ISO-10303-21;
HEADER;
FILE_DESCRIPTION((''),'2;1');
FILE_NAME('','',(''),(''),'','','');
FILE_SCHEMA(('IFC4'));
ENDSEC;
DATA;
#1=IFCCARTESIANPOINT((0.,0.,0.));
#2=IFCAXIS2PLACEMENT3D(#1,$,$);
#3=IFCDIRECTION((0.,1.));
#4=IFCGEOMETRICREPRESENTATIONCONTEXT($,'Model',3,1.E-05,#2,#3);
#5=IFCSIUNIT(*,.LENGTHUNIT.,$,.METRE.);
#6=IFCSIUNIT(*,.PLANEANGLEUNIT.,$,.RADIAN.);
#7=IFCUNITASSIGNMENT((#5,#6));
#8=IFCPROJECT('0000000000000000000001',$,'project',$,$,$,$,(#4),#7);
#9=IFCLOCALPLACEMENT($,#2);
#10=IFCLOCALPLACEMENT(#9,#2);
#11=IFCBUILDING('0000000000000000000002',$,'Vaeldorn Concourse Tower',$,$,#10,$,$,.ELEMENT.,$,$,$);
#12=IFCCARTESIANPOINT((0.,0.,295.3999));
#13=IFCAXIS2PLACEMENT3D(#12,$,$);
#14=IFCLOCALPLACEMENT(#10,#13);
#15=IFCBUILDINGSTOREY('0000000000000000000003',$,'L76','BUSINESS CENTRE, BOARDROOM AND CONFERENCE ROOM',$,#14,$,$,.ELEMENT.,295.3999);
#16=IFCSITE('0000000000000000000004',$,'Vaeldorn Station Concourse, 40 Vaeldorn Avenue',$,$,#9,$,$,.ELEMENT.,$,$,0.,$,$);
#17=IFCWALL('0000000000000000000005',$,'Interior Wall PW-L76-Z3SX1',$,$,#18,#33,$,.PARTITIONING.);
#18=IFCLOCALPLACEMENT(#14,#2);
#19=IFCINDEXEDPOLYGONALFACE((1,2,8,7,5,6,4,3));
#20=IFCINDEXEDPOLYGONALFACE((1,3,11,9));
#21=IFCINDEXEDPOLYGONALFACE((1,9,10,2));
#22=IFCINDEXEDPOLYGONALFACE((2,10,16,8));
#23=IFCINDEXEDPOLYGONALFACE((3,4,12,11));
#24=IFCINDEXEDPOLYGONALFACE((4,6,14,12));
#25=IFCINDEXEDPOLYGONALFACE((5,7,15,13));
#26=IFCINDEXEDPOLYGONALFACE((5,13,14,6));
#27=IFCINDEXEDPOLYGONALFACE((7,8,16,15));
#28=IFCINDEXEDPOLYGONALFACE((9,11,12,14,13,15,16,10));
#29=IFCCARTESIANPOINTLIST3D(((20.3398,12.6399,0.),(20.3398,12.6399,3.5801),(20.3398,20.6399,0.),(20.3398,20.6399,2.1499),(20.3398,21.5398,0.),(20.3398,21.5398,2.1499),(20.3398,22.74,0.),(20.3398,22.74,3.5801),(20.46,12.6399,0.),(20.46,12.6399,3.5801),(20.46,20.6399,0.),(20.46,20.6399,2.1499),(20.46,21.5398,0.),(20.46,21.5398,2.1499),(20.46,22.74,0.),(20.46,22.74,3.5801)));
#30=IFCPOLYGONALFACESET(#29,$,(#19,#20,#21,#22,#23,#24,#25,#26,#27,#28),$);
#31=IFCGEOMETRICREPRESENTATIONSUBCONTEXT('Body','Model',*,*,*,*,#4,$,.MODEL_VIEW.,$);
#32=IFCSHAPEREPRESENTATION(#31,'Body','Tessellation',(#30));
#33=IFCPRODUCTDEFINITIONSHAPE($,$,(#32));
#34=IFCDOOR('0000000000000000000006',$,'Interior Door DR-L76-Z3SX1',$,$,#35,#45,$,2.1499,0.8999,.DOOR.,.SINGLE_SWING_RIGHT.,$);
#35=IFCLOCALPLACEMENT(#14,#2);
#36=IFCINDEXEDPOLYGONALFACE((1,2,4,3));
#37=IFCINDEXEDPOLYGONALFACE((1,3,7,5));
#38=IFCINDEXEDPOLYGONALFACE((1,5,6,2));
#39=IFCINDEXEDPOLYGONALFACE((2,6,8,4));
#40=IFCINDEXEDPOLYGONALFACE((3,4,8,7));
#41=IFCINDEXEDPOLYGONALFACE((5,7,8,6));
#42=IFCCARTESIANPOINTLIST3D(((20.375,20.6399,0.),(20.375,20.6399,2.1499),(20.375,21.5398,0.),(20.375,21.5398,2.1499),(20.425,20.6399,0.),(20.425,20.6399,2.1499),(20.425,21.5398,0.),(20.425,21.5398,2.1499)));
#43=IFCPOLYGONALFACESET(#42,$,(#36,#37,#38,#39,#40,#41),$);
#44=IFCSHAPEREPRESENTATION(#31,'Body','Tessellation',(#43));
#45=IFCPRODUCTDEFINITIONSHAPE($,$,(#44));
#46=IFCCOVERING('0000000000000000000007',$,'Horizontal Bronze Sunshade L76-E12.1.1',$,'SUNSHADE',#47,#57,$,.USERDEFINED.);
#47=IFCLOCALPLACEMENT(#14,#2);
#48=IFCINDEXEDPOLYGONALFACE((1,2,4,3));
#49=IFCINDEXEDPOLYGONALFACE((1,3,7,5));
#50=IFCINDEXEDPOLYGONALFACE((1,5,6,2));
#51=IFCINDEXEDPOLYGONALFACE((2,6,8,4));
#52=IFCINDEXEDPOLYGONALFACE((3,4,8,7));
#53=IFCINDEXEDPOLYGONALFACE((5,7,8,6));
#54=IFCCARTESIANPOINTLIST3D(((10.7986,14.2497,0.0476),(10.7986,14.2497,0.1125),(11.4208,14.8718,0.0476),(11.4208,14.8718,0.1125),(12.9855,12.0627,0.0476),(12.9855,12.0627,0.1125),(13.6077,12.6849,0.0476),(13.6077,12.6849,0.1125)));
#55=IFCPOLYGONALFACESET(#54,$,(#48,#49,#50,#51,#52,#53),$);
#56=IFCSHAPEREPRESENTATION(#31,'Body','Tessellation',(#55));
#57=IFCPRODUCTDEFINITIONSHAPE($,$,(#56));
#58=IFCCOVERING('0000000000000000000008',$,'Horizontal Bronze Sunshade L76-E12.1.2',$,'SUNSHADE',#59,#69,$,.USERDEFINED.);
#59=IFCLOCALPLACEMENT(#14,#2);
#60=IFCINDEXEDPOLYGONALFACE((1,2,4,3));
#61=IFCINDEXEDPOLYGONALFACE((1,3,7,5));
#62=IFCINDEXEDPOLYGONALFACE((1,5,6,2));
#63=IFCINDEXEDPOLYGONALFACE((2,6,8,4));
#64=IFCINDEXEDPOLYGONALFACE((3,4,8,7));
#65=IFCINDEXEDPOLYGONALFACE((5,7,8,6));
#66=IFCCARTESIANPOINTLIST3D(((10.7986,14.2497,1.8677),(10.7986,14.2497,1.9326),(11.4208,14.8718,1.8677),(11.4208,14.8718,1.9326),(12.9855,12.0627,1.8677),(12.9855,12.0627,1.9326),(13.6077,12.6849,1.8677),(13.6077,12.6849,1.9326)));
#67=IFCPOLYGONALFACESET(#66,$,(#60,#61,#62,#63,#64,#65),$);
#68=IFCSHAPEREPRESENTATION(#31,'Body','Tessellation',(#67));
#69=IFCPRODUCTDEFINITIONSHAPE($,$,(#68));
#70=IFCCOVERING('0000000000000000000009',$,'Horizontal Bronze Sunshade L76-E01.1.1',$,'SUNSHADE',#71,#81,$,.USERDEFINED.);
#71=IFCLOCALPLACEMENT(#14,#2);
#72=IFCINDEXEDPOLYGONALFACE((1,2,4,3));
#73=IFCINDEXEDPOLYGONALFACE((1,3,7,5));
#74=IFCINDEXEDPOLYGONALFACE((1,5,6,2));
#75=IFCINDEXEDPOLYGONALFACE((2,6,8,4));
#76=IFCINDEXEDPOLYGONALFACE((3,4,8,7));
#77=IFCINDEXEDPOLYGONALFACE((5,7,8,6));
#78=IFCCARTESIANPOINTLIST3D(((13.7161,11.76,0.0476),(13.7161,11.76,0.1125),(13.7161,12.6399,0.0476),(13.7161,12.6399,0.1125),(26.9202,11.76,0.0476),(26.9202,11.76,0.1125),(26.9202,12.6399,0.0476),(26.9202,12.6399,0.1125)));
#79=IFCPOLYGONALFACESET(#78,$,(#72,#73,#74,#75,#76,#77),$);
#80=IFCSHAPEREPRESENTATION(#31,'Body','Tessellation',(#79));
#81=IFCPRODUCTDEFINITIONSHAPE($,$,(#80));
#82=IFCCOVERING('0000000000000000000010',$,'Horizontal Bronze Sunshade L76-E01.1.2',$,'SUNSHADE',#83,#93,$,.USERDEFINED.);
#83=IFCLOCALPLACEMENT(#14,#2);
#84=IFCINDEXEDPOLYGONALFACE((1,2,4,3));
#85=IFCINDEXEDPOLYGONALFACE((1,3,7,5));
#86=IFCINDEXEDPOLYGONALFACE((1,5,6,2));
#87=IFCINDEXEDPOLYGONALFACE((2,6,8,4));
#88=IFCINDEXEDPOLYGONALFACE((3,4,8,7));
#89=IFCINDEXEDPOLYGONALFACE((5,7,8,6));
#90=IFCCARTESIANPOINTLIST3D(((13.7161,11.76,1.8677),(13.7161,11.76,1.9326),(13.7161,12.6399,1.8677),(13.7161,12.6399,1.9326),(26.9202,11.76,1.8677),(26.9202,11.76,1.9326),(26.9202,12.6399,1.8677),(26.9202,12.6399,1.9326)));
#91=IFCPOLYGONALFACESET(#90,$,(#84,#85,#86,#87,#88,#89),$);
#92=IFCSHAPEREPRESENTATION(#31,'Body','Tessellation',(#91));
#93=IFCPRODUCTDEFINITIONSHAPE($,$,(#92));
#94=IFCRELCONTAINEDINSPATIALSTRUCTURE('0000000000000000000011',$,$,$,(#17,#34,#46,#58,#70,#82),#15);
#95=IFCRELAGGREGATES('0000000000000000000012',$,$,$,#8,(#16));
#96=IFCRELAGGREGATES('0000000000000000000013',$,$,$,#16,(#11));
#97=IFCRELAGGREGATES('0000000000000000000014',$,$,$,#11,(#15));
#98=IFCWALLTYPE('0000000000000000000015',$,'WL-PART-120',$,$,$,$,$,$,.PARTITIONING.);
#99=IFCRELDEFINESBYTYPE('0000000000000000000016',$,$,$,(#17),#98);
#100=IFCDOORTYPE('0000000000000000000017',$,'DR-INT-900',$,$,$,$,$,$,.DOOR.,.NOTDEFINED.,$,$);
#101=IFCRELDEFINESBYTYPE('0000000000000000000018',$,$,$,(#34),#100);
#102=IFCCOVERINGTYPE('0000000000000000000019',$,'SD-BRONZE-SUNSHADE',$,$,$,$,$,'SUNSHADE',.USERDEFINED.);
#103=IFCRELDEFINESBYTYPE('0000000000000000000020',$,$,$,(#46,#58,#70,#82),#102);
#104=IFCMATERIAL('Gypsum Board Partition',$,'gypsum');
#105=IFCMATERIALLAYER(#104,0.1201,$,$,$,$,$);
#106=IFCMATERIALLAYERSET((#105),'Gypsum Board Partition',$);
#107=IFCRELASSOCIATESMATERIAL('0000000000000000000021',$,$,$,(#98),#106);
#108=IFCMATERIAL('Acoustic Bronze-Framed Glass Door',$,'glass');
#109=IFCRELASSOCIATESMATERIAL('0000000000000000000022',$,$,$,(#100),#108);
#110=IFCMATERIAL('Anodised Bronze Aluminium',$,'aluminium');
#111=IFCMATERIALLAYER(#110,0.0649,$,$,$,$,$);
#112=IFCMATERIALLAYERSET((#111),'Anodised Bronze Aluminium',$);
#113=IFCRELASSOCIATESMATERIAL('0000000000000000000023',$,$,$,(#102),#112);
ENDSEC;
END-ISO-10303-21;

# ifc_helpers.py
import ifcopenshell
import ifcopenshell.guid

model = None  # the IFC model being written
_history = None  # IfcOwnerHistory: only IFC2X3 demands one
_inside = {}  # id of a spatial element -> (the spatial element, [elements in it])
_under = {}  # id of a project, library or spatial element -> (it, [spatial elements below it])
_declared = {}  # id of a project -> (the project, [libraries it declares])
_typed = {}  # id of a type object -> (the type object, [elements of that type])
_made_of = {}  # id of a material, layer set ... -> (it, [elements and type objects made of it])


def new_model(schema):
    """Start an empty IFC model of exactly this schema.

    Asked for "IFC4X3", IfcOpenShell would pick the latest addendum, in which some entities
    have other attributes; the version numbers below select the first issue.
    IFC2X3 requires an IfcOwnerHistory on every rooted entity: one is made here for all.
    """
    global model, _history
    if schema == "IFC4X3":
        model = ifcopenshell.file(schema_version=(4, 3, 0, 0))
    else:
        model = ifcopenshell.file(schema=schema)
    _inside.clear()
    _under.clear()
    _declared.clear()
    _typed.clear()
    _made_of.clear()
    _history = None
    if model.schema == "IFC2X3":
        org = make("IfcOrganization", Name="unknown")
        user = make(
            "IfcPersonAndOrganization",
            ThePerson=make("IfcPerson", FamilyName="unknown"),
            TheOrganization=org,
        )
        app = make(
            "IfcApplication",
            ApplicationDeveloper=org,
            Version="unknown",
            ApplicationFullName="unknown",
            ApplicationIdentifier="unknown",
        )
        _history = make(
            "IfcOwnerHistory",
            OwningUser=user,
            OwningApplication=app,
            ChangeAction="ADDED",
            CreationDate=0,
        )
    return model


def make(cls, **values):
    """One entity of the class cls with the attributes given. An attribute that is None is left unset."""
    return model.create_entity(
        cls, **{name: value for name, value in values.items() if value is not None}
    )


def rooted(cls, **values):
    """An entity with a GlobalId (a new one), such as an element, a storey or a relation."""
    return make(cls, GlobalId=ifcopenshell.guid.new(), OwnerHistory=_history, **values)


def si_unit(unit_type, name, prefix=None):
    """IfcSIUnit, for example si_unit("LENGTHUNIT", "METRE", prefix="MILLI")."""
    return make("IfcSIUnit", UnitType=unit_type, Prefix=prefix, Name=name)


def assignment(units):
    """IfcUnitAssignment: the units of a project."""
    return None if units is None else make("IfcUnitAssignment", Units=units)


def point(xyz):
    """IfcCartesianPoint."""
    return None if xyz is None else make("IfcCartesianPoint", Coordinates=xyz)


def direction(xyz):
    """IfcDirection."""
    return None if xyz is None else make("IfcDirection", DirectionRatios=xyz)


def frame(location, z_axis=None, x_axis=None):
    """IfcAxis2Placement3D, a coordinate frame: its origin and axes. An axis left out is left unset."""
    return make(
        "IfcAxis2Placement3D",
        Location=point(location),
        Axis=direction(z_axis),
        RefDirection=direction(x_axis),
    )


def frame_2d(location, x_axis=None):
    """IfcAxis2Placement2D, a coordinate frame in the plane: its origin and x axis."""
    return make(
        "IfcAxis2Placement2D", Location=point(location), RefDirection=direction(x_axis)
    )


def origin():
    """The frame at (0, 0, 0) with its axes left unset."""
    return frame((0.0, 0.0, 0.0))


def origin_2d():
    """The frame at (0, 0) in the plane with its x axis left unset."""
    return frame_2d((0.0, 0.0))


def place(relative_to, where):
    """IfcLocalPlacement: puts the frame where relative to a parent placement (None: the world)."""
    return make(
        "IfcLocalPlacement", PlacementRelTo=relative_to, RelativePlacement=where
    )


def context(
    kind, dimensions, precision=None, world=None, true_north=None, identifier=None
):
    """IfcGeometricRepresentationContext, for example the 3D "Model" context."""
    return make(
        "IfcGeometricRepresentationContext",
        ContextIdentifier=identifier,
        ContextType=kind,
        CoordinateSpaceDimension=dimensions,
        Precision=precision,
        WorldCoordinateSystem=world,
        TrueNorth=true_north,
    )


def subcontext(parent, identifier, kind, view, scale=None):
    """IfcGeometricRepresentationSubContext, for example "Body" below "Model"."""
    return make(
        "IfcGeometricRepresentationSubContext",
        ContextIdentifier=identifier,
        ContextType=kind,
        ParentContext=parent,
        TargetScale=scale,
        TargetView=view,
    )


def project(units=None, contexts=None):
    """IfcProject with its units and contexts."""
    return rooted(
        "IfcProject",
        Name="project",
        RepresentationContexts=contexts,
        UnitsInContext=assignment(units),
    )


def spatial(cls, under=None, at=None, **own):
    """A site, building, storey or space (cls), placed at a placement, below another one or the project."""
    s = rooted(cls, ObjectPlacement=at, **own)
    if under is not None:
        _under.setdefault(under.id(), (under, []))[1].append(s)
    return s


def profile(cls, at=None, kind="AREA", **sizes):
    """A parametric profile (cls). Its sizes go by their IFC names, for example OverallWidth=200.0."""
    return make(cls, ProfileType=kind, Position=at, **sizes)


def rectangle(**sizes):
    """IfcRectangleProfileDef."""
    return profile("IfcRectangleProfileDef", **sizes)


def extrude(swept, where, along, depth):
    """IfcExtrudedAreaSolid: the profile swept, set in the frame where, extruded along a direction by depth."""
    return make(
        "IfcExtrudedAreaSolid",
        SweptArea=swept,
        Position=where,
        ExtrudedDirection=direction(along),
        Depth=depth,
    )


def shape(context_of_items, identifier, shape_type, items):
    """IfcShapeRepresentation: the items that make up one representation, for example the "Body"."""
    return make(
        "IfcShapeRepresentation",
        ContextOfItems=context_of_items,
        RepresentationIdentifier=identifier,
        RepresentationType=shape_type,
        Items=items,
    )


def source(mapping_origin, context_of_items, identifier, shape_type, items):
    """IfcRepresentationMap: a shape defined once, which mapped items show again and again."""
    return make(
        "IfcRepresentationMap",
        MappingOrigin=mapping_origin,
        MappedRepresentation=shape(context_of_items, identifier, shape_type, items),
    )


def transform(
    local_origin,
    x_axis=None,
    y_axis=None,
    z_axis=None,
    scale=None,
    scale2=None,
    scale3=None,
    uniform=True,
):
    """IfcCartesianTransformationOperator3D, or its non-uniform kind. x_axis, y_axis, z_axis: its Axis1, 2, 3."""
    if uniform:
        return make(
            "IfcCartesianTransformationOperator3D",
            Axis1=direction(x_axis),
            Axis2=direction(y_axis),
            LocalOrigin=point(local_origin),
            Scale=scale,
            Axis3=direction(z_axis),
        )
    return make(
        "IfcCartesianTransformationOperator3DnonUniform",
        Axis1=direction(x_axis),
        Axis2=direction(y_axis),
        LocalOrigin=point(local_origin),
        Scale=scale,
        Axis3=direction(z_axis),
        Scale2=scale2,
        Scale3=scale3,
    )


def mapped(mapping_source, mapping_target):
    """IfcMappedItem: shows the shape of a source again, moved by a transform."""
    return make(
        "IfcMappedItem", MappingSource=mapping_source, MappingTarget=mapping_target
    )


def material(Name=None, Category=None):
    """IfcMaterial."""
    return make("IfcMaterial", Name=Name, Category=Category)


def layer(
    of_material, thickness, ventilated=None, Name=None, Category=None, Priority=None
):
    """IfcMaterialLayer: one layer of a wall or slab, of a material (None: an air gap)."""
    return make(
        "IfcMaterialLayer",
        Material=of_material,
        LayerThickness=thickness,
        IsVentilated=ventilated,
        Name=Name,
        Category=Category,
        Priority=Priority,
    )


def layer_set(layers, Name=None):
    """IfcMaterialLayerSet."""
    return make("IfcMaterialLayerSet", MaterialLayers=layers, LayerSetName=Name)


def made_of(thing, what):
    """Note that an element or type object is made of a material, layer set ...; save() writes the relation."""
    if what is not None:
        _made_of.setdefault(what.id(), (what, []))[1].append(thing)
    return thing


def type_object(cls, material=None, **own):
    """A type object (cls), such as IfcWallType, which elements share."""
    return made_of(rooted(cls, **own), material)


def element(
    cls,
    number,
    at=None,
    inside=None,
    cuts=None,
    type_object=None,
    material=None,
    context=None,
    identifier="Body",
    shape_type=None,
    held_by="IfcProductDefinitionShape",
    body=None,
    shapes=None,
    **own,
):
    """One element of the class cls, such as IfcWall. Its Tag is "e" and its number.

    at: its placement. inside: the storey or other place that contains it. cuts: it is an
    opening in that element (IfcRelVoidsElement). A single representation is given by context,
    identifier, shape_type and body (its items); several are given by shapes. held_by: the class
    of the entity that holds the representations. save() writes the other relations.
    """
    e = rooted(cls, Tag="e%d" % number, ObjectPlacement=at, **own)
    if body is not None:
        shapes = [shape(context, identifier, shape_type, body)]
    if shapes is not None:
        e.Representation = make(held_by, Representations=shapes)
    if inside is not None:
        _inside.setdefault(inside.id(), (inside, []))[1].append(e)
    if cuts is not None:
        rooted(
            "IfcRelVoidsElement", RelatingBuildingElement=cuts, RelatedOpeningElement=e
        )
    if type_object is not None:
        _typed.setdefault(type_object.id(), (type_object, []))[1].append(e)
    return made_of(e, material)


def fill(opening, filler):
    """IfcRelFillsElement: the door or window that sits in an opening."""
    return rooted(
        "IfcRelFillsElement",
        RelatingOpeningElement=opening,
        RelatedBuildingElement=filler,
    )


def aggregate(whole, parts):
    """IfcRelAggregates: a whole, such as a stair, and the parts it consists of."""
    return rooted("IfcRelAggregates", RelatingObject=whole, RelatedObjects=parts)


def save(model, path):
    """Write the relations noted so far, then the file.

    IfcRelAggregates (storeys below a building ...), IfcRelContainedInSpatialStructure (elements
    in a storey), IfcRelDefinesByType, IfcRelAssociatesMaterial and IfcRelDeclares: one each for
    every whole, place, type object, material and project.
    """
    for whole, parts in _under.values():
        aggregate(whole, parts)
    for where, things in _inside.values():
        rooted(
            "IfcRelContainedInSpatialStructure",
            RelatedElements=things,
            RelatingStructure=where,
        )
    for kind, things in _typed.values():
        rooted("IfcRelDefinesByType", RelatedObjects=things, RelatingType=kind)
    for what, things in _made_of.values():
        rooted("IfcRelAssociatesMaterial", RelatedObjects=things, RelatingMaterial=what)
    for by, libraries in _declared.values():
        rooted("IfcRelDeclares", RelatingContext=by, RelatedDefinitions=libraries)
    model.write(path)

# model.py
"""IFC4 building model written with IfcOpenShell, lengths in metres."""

from ifc_helpers import new_model, si_unit, direction, frame, frame_2d, origin, origin_2d, place, context, subcontext, project, spatial, rectangle, extrude, source, transform, mapped, material, layer, layer_set, type_object, element, fill, save


model = new_model("IFC4")

# Units and contexts
model_context = context("Model", 3, precision=1e-05, world=origin(), true_north=direction((0.0, 1.0)))
body_context = subcontext(model_context, "Body", "Model", "MODEL_VIEW")
ifc_project = project(units=[si_unit("LENGTHUNIT", "METRE"), si_unit("PLANEANGLEUNIT", "RADIAN")], contexts=[model_context])

# Site, building, storey
site_placement = place(None, origin())
site = spatial("IfcSite", under=ifc_project, at=site_placement, Name="Vaeldorn Station Concourse, 40 Vaeldorn Avenue", CompositionType="ELEMENT", RefElevation=0.0)
building_placement = place(site_placement, origin())
building = spatial("IfcBuilding", under=site, at=building_placement, Name="Vaeldorn Concourse Tower", CompositionType="ELEMENT")
storey_placement = place(building_placement, frame((0.0, 0.0, 295.3999)))
storey = spatial("IfcBuildingStorey", under=building, at=storey_placement, Name="L76", Description="BUSINESS CENTRE, BOARDROOM AND CONFERENCE ROOM", CompositionType="ELEMENT", Elevation=295.3999)

# Shared definitions
ifc_material_1 = material(Name="Anodised Bronze Aluminium", Category="aluminium")

# Wall, opening, door
ifc_material_2 = material(Name="Gypsum Board Partition", Category="gypsum")
ifc_layer_1 = layer(ifc_material_2, 0.1201)
ifc_layer_set_1 = layer_set([ifc_layer_1], Name="Gypsum Board Partition")
wall_type = type_object("IfcWallType", Name="WL-PART-120", PredefinedType="PARTITIONING", material=ifc_layer_set_1)
wall_placement = place(storey_placement, frame((20.3999, 12.6399, 0.0), z_axis=(0.0, 0.0, 1.0), x_axis=(0.0, 1.0, 0.0)))
wall = element("IfcWall", 1, at=wall_placement, inside=storey, type_object=wall_type, Name="Interior Wall PW-L76-Z3SX1", PredefinedType="PARTITIONING", context=body_context, shape_type="SweptSolid", body=[
    extrude(rectangle(XDim=10.1001, YDim=0.1201, at=frame_2d((5.05, 0.0))), origin(), (0.0, 0.0, 1.0), 3.5801),
])
opening_placement = place(wall_placement, frame((8.0, 0.0, 0.0)))
opening = element("IfcOpeningElement", 2, at=opening_placement, cuts=wall, PredefinedType="OPENING", context=body_context, shape_type="SweptSolid", body=[
    extrude(rectangle(XDim=0.8999, YDim=2.1499, at=frame_2d((0.45, 1.075))), frame((0.0, 0.0701, 0.0), z_axis=(0.0, -1.0, 0.0), x_axis=(1.0, 0.0, 0.0)), (0.0, 0.0, 1.0), 0.1401),
])
ifc_material_3 = material(Name="Acoustic Bronze-Framed Glass Door", Category="glass")
door_type = type_object("IfcDoorType", Name="DR-INT-900", OperationType="NOTDEFINED", PredefinedType="DOOR", material=ifc_material_3)
shared_shape_1 = source(origin(), body_context, "Body", "SweptSolid", [
    extrude(rectangle(XDim=0.8999, YDim=2.1499, at=frame_2d((0.45, 1.075))), frame((0.0, 0.0249, 0.0), z_axis=(0.0, -1.0, 0.0), x_axis=(1.0, 0.0, 0.0)), (0.0, 0.0, 1.0), 0.05),
])
door_placement = place(opening_placement, origin())
door = element("IfcDoor", 3, at=door_placement, inside=storey, type_object=door_type, Name="Interior Door DR-L76-Z3SX1", OperationType="SINGLE_SWING_RIGHT", OverallHeight=2.1499, OverallWidth=0.8999, PredefinedType="DOOR", context=body_context, shape_type="MappedRepresentation", body=[
    mapped(shared_shape_1, transform((0.0, 0.0, 0.0), scale=1.0)),
])
fill(opening, door)

# Coverings
ifc_layer_2 = layer(ifc_material_1, 0.0649)
ifc_layer_set_2 = layer_set([ifc_layer_2], Name="Anodised Bronze Aluminium")
covering_type = type_object("IfcCoveringType", Name="SD-BRONZE-SUNSHADE", ElementType="SUNSHADE", PredefinedType="USERDEFINED", material=ifc_layer_set_2)
shared_shape_2 = source(origin(), body_context, "Body", "SweptSolid", [
    extrude(rectangle(XDim=3.0928, YDim=0.8799, at=origin_2d()), origin(), (0.0, 0.0, 1.0), 0.0649),
])
for number, where, z_axis, x_axis, name in (
    (4, (12.2031, 13.4673, 0.0476), (0.0, 0.0, 1.0), (0.707107, -0.707107, 0.0), "Horizontal Bronze Sunshade L76-E12.1.1"),
    (5, (12.2031, 13.4673, 1.8677), (0.0, 0.0, 1.0), (0.707107, -0.707107, 0.0), "Horizontal Bronze Sunshade L76-E12.1.2"),
):
    element("IfcCovering", number, at=place(storey_placement, frame(where, z_axis=z_axis, x_axis=x_axis)), inside=storey, type_object=covering_type, Name=name, ObjectType="SUNSHADE", PredefinedType="USERDEFINED", context=body_context, shape_type="MappedRepresentation", body=[
        mapped(shared_shape_2, transform((0.0, 0.0, 0.0), scale=1.0)),
    ])
shared_shape_3 = source(origin(), body_context, "Body", "SweptSolid", [
    extrude(rectangle(XDim=13.2041, YDim=0.8799, at=origin_2d()), origin(), (0.0, 0.0, 1.0), 0.0649),
])
for number, where, z_axis, x_axis, name in (
    (6, (20.3181, 12.2, 0.0476), (0.0, 0.0, 1.0), (1.0, 0.0, 0.0), "Horizontal Bronze Sunshade L76-E01.1.1"),
    (7, (20.3181, 12.2, 1.8677), (0.0, 0.0, 1.0), (1.0, 0.0, 0.0), "Horizontal Bronze Sunshade L76-E01.1.2"),
):
    element("IfcCovering", number, at=place(storey_placement, frame(where, z_axis=z_axis, x_axis=x_axis)), inside=storey, type_object=covering_type, Name=name, ObjectType="SUNSHADE", PredefinedType="USERDEFINED", context=body_context, shape_type="MappedRepresentation", body=[
        mapped(shared_shape_3, transform((0.0, 0.0, 0.0), scale=1.0)),
    ])

save(model, "model.ifc")
